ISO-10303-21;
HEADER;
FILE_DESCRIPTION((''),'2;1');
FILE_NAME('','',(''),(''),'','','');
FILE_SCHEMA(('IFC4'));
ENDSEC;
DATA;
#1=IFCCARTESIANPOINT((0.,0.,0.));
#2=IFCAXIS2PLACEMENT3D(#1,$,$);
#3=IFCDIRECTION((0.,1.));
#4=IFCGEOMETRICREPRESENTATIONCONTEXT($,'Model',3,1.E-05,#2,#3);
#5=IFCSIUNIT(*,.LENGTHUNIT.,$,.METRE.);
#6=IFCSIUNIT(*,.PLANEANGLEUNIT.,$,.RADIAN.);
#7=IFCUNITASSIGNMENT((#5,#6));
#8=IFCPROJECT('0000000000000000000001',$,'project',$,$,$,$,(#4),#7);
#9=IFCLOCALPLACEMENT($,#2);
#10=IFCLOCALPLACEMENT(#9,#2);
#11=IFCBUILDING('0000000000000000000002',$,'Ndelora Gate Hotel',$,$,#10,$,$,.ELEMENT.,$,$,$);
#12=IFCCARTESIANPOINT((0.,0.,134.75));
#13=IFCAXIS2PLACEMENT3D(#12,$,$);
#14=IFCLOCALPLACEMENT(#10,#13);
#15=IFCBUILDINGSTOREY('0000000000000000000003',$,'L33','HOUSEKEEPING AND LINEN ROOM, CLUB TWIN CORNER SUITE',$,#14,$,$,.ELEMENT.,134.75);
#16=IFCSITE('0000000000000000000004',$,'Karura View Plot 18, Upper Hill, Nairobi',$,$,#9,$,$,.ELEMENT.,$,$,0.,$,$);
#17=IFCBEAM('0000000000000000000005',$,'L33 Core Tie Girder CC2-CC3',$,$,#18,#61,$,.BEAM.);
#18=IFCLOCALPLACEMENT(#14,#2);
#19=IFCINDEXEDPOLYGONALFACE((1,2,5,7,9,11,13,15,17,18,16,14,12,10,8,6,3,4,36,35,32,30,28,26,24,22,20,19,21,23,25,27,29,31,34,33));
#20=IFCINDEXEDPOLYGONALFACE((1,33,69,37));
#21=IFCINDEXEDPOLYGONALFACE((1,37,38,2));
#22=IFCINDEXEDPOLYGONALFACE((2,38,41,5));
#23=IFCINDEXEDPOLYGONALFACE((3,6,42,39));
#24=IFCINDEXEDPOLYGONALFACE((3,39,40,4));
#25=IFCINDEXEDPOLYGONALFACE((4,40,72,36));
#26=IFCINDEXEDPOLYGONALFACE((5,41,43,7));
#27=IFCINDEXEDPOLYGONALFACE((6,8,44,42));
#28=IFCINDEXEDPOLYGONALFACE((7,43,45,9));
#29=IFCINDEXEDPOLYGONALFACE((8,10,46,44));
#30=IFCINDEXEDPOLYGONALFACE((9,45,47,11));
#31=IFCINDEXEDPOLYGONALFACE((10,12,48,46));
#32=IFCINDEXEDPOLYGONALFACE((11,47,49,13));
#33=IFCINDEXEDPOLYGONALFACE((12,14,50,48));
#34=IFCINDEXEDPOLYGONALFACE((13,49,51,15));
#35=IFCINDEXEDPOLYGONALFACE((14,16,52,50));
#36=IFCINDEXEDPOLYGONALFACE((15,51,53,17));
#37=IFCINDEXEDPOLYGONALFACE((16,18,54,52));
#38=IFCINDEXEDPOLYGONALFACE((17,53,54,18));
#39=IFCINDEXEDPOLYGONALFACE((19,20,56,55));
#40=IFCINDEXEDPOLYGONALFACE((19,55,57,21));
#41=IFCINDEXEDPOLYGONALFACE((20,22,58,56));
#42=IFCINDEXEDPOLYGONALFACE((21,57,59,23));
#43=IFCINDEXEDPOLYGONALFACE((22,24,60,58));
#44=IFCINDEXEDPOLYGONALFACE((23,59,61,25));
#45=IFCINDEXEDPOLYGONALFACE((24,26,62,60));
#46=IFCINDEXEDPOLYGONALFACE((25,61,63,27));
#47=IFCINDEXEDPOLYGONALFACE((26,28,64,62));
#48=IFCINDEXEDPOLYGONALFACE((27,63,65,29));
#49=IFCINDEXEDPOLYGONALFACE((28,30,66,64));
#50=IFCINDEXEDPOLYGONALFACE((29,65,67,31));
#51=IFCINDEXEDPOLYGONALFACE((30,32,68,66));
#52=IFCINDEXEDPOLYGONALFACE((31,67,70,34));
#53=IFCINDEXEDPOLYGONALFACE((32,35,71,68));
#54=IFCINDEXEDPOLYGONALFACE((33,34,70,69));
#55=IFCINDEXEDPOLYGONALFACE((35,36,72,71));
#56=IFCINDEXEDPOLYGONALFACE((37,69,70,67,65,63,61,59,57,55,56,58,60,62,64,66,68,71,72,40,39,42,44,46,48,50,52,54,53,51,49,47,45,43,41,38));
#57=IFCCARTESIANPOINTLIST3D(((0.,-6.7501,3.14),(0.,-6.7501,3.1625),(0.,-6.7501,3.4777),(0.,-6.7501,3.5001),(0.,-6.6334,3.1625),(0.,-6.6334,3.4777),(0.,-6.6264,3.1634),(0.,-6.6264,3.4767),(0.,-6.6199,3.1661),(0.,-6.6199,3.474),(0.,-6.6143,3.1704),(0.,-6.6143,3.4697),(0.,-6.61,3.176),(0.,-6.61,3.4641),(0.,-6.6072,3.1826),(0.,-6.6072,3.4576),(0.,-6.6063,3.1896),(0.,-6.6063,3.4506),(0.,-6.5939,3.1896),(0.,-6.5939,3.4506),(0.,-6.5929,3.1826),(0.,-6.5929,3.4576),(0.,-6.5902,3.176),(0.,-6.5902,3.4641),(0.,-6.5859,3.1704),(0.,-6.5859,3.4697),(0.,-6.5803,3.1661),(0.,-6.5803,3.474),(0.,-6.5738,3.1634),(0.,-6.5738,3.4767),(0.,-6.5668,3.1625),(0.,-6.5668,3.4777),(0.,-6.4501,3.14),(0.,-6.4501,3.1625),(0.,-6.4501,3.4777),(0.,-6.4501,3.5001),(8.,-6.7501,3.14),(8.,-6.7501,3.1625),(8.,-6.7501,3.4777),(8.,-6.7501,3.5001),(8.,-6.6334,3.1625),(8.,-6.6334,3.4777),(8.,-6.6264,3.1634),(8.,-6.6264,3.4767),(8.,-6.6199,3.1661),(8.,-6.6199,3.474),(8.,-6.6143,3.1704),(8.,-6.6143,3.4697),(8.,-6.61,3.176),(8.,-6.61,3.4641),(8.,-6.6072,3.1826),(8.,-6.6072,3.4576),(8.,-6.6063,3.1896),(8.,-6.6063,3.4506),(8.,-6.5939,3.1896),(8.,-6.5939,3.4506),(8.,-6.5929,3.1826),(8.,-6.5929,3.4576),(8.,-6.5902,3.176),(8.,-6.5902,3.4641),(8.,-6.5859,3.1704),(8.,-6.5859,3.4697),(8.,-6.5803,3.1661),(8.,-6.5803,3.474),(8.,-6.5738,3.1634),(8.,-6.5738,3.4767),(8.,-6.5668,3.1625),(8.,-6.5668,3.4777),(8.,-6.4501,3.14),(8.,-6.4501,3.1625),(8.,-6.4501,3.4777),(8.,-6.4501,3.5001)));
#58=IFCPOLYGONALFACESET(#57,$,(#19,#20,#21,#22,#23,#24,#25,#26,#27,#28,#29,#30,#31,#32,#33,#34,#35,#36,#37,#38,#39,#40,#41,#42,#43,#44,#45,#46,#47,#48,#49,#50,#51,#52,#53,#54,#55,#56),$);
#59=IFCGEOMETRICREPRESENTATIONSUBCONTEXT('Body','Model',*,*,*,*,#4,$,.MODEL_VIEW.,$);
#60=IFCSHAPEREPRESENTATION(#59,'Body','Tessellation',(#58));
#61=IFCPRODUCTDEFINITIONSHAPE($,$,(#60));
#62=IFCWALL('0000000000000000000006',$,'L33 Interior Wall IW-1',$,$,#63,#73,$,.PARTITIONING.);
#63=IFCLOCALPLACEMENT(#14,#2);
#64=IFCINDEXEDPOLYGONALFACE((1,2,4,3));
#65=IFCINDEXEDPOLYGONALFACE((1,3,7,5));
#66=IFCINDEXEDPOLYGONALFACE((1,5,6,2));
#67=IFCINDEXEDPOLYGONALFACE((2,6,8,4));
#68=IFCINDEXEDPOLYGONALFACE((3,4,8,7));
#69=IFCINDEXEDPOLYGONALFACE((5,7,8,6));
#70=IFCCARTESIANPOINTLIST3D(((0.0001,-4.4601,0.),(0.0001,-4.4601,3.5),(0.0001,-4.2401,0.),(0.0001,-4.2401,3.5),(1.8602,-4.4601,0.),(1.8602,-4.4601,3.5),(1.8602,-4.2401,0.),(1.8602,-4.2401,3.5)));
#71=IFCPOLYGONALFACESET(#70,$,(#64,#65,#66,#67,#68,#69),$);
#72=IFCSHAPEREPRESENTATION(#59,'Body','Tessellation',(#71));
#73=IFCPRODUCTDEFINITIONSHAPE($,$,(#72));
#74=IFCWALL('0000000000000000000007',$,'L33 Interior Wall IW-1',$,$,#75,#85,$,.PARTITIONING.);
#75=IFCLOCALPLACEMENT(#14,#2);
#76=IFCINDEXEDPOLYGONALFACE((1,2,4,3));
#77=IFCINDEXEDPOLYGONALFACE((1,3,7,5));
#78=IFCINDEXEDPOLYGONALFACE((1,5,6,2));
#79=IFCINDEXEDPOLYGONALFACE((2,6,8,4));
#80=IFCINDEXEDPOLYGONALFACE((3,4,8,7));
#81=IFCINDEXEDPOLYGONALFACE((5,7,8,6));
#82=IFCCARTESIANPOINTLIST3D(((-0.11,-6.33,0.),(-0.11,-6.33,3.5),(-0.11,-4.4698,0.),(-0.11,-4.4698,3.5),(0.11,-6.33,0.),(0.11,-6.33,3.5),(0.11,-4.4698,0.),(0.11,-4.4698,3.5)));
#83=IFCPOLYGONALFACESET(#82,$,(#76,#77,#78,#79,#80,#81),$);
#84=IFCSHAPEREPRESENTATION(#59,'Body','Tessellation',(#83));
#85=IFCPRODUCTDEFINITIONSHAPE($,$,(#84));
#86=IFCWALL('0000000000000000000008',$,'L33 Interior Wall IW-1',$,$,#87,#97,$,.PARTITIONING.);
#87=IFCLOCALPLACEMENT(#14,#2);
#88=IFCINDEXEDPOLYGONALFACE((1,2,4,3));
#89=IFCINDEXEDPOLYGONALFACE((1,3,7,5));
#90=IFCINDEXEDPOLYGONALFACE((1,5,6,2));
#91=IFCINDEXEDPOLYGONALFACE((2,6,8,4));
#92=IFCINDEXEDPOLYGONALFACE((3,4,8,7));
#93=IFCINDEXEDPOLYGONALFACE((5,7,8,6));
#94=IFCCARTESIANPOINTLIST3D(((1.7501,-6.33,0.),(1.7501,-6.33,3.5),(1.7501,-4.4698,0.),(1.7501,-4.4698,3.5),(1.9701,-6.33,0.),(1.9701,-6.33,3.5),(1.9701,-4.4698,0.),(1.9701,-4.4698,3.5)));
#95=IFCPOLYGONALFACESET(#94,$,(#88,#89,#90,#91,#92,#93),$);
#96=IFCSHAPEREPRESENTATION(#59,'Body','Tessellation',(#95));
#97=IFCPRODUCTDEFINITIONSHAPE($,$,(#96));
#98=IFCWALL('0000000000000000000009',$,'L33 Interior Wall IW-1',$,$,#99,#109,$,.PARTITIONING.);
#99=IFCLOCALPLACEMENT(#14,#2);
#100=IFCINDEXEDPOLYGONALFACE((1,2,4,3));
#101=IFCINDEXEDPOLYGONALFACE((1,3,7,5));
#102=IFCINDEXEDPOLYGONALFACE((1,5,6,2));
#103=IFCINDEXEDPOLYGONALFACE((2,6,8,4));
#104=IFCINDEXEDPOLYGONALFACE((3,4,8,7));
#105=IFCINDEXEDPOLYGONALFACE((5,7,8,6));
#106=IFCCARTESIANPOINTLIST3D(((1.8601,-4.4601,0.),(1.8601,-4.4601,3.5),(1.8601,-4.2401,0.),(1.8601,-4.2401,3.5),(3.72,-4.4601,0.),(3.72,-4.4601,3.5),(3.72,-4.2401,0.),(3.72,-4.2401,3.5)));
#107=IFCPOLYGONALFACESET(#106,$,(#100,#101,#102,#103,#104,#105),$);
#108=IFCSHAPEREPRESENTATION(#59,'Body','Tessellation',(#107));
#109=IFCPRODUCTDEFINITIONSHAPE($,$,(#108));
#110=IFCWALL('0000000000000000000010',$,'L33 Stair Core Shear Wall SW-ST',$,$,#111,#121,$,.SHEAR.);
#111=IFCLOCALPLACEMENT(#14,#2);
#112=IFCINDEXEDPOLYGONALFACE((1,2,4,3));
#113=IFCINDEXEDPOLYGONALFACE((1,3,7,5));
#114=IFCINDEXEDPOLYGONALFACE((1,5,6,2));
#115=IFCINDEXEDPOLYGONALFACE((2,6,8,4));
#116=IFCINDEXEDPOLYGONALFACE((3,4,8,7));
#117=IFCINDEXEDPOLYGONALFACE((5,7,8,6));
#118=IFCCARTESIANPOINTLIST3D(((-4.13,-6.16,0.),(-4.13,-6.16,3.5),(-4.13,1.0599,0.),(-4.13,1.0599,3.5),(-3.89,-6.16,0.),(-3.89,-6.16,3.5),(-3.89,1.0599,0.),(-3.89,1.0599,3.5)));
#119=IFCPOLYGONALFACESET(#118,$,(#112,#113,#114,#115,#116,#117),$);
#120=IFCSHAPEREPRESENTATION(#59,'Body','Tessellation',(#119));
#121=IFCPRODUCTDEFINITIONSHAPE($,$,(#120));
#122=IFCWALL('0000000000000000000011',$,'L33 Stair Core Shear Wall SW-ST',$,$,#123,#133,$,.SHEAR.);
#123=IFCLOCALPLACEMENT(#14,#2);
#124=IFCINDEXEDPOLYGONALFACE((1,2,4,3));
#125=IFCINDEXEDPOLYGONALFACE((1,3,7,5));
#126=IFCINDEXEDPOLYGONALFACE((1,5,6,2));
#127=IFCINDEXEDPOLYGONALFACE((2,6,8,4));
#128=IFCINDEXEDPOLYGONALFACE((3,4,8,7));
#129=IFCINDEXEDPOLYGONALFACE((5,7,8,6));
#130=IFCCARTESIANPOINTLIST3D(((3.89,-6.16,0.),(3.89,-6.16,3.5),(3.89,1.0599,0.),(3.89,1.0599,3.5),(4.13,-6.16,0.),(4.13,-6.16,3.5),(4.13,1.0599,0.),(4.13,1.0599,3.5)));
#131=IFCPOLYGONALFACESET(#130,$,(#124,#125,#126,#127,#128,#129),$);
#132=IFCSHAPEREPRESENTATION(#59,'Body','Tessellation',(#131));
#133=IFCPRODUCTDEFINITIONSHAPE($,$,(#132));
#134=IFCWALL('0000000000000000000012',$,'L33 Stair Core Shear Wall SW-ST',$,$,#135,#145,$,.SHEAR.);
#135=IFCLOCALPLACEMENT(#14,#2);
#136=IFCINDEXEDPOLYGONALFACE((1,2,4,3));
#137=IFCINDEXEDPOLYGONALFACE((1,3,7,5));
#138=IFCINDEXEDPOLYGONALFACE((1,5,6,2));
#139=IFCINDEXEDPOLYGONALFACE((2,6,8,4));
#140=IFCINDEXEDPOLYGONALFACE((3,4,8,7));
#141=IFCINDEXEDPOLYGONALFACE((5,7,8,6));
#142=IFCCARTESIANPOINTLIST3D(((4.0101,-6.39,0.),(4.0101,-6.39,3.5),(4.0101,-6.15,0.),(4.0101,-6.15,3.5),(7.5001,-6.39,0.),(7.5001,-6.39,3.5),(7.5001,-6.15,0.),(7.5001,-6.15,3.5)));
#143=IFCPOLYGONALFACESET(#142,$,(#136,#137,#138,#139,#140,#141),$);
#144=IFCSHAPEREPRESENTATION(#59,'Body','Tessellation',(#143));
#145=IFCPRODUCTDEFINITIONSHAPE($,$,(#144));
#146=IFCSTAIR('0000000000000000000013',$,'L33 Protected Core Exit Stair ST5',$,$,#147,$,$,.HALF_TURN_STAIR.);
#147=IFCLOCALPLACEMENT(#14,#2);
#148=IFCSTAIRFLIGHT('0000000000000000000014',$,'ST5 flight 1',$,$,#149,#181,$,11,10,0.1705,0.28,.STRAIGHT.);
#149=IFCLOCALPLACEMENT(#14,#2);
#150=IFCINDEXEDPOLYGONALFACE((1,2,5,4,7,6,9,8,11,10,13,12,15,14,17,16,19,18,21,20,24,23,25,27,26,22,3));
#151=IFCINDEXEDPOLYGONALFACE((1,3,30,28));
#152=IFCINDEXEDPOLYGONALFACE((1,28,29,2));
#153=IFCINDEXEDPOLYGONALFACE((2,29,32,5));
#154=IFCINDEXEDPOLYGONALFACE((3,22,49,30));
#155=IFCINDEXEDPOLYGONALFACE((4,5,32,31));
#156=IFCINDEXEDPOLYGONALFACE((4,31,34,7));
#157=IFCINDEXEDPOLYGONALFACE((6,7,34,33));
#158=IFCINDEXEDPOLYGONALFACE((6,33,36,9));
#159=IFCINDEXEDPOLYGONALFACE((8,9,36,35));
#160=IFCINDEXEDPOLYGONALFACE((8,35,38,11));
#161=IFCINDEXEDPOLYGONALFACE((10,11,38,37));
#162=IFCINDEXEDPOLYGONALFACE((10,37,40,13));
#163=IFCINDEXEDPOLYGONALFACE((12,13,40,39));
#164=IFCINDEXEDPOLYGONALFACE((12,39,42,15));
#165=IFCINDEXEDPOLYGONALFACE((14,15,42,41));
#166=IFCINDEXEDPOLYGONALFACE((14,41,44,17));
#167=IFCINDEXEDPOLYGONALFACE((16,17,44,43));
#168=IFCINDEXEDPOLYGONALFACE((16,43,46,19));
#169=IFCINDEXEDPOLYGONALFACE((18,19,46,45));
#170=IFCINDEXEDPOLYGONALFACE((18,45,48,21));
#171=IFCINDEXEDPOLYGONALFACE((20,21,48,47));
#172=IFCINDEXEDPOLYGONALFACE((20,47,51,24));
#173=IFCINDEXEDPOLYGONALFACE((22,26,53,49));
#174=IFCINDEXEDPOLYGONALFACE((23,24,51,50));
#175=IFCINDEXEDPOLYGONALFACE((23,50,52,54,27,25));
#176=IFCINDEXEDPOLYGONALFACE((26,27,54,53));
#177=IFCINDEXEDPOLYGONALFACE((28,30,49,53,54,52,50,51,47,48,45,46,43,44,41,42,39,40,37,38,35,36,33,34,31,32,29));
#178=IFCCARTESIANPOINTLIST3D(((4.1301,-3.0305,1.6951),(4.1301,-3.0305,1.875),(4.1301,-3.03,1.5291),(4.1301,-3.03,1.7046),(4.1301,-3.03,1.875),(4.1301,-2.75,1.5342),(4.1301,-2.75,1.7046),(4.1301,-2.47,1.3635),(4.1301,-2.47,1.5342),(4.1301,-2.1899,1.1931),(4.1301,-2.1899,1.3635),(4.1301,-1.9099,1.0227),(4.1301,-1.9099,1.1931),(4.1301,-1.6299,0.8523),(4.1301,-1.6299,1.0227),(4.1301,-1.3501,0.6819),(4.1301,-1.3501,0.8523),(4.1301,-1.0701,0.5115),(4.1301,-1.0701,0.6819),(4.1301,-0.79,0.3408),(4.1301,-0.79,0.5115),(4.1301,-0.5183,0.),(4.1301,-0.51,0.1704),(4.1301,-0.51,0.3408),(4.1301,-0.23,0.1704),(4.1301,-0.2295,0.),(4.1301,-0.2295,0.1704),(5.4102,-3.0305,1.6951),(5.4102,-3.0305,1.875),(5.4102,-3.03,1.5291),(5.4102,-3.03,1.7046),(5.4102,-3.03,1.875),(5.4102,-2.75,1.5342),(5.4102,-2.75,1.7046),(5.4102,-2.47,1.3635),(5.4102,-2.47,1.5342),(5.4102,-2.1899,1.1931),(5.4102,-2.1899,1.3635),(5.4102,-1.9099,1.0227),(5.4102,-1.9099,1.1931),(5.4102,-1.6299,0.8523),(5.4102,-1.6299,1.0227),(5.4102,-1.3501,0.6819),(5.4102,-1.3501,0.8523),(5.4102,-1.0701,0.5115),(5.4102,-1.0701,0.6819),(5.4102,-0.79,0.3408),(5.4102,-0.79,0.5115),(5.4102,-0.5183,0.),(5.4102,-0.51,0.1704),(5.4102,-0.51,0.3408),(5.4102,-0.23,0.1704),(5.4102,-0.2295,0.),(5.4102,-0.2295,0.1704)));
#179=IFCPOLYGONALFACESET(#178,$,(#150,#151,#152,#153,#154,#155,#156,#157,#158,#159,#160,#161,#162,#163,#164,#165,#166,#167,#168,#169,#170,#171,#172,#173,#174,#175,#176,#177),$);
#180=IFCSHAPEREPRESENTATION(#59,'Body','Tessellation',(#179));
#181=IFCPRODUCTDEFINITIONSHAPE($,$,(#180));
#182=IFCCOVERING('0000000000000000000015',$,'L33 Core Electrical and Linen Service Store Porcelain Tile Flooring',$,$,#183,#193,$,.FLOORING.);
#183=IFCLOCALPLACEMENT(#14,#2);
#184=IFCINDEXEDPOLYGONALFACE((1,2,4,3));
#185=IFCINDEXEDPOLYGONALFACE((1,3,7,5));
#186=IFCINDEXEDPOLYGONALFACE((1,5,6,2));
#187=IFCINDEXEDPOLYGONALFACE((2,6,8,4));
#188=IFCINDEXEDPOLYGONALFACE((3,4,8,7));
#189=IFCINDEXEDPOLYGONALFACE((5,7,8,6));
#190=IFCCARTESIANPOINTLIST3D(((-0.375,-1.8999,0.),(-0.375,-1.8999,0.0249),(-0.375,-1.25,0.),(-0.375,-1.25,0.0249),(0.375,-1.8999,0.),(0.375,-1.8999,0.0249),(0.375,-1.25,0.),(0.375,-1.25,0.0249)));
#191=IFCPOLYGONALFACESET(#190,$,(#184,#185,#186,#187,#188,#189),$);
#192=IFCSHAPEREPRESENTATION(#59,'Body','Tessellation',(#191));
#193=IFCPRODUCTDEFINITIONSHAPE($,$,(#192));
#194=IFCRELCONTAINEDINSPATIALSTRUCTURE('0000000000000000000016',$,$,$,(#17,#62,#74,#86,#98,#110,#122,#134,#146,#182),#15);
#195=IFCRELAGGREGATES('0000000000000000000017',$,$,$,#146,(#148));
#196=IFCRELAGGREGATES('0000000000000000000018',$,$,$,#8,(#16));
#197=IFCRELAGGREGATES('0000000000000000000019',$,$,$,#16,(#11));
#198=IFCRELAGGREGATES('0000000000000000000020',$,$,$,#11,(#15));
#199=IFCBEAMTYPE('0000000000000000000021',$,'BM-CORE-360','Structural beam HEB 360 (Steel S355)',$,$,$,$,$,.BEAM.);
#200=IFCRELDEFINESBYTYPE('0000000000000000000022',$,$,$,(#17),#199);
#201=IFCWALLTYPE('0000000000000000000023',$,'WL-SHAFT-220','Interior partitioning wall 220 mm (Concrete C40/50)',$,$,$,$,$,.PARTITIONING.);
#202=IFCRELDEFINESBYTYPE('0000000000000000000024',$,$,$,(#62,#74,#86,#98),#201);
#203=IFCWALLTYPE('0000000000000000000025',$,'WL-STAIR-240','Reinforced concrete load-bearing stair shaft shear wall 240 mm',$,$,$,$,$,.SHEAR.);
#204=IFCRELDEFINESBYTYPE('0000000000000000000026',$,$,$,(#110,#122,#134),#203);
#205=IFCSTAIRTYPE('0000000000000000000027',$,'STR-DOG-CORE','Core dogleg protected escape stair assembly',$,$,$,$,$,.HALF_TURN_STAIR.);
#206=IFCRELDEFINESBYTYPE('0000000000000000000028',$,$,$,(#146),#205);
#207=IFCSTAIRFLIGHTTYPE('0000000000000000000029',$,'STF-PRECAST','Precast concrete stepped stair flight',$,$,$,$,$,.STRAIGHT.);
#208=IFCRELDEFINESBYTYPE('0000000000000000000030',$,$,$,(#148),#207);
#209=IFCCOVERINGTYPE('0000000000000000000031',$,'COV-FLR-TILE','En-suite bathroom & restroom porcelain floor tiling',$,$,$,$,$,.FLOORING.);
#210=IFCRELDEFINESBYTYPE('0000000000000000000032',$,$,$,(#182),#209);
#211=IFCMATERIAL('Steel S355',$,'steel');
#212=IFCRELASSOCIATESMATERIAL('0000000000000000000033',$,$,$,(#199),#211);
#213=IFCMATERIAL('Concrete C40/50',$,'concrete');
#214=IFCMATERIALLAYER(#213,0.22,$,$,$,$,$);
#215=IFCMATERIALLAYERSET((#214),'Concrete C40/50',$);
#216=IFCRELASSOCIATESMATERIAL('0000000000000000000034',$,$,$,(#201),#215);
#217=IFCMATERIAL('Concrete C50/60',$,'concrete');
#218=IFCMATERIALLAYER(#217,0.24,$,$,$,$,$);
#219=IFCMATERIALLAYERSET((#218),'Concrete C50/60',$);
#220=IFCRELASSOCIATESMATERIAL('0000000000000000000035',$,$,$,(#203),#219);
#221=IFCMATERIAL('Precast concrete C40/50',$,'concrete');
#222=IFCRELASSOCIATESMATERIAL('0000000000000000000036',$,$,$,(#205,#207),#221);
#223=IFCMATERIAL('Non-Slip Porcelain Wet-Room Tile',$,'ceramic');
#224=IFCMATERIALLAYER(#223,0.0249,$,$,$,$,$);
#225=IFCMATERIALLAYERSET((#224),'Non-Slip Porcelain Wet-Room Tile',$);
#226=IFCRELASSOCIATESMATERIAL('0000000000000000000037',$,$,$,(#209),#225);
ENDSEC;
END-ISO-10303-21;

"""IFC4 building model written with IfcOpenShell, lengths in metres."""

from ifc_helpers import new_model, si_unit, direction, frame, frame_2d, origin, origin_2d, place, context, subcontext, project, spatial, polyline, rectangle, i_section, outline, extrude, material, layer, layer_set, material_profile, profile_set, type_object, element, aggregate, save


model = new_model("IFC4")

# Units and contexts
model_context = context("Model", 3, precision=1e-05, world=origin(), true_north=direction((0.0, 1.0)))
body_context = subcontext(model_context, "Body", "Model", "MODEL_VIEW")
ifc_project = project(units=[si_unit("LENGTHUNIT", "METRE"), si_unit("PLANEANGLEUNIT", "RADIAN")], contexts=[model_context])

# Site, building, storey
site_placement = place(None, origin())
site = spatial("IfcSite", under=ifc_project, at=site_placement, Name="Karura View Plot 18, Upper Hill, Nairobi", CompositionType="ELEMENT", RefElevation=0.0)
building_placement = place(site_placement, origin())
building = spatial("IfcBuilding", under=site, at=building_placement, Name="Ndelora Gate Hotel", CompositionType="ELEMENT")
storey_placement = place(building_placement, frame((0.0, 0.0, 134.75)))
storey = spatial("IfcBuildingStorey", under=building, at=storey_placement, Name="L33", Description="HOUSEKEEPING AND LINEN ROOM, CLUB TWIN CORNER SUITE", CompositionType="ELEMENT", Elevation=134.75)

# Beam
ifc_material_1 = material(Name="Steel S355", Category="steel")
ifc_material_profile = material_profile(ifc_material_1, i_section(OverallWidth=0.3, OverallDepth=0.3601, WebThickness=0.0125, FlangeThickness=0.0225, FilletRadius=0.0271, at=origin_2d()), Name="HEB 360")
ifc_profile_set = profile_set([ifc_material_profile], Name="Steel S355")
beam_type = type_object("IfcBeamType", Name="BM-CORE-360", Description="Structural beam HEB 360 (Steel S355)", PredefinedType="BEAM", material=ifc_profile_set)
beam_placement = place(storey_placement, frame((0.0, -6.6001, 3.3201), z_axis=(1.0, 0.0, 0.0), x_axis=(0.0, 1.0, 0.0)))
element("IfcBeam", 1, at=beam_placement, inside=storey, type_object=beam_type, Name="L33 Core Tie Girder CC2-CC3", PredefinedType="BEAM", context=body_context, shape_type="SweptSolid", body=[
    extrude(i_section(OverallWidth=0.3, OverallDepth=0.3601, WebThickness=0.0125, FlangeThickness=0.0225, FilletRadius=0.0271, at=origin_2d()), origin(), (0.0, 0.0, 1.0), 8.0),
])

# Shared definitions
ifc_material_2 = material(Name="Concrete C40/50", Category="concrete")
ifc_layer_1 = layer(ifc_material_2, 0.22)
ifc_layer_set_1 = layer_set([ifc_layer_1], Name="Concrete C40/50")
wall_type_1 = type_object("IfcWallType", Name="WL-SHAFT-220", Description="Interior partitioning wall 220 mm (Concrete C40/50)", PredefinedType="PARTITIONING", material=ifc_layer_set_1)

# Walls
for number, where, z_axis, x_axis, name in (
    (2, (0.0, -4.3501, 0.0), (0.0, 0.0, 1.0), (1.0, 0.0, 0.0), "L33 Interior Wall IW-1"),
    (3, (0.0, -6.3301, 0.0), (0.0, 0.0, 1.0), (0.0, 1.0, 0.0), "L33 Interior Wall IW-1"),
    (4, (1.8601, -6.3301, 0.0), (0.0, 0.0, 1.0), (0.0, 1.0, 0.0), "L33 Interior Wall IW-1"),
):
    element("IfcWall", number, at=place(storey_placement, frame(where, z_axis=z_axis, x_axis=x_axis)), inside=storey, type_object=wall_type_1, Name=name, PredefinedType="PARTITIONING", context=body_context, shape_type="SweptSolid", body=[
        extrude(rectangle(XDim=1.8601, YDim=0.22, at=frame_2d((0.9302, 0.0))), origin(), (0.0, 0.0, 1.0), 3.5),
    ])

# Walls
wall_1_placement = place(storey_placement, frame((1.8601, -4.3501, 0.0), z_axis=(0.0, 0.0, 1.0), x_axis=(1.0, 0.0, 0.0)))
element("IfcWall", 5, at=wall_1_placement, inside=storey, type_object=wall_type_1, Name="L33 Interior Wall IW-1", PredefinedType="PARTITIONING", context=body_context, shape_type="SweptSolid", body=[
    extrude(rectangle(XDim=1.8599, YDim=0.22, at=frame_2d((0.9299, 0.0))), origin(), (0.0, 0.0, 1.0), 3.5),
])
ifc_material_3 = material(Name="Concrete C50/60", Category="concrete")
ifc_layer_2 = layer(ifc_material_3, 0.24)
ifc_layer_set_2 = layer_set([ifc_layer_2], Name="Concrete C50/60")
wall_type_2 = type_object("IfcWallType", Name="WL-STAIR-240", Description="Reinforced concrete load-bearing stair shaft shear wall 240 mm", PredefinedType="SHEAR", material=ifc_layer_set_2)
for number, where, z_axis, x_axis, name in (
    (6, (-4.01, -6.1599, 0.0), (0.0, 0.0, 1.0), (0.0, 1.0, 0.0), "L33 Stair Core Shear Wall SW-ST"),
    (7, (4.01, -6.1599, 0.0), (0.0, 0.0, 1.0), (0.0, 1.0, 0.0), "L33 Stair Core Shear Wall SW-ST"),
):
    element("IfcWall", number, at=place(storey_placement, frame(where, z_axis=z_axis, x_axis=x_axis)), inside=storey, type_object=wall_type_2, Name=name, PredefinedType="SHEAR", context=body_context, shape_type="SweptSolid", body=[
        extrude(rectangle(XDim=7.22, YDim=0.24, at=frame_2d((3.6099, 0.0))), origin(), (0.0, 0.0, 1.0), 3.5),
    ])
wall_2_placement = place(storey_placement, frame((4.01, -6.27, 0.0), z_axis=(0.0, 0.0, 1.0), x_axis=(1.0, 0.0, 0.0)))
element("IfcWall", 8, at=wall_2_placement, inside=storey, type_object=wall_type_2, Name="L33 Stair Core Shear Wall SW-ST", PredefinedType="SHEAR", context=body_context, shape_type="SweptSolid", body=[
    extrude(rectangle(XDim=3.49, YDim=0.24, at=frame_2d((1.7451, 0.0))), origin(), (0.0, 0.0, 1.0), 3.5),
])

# Stair, stair flight
ifc_material_4 = material(Name="Precast concrete C40/50", Category="concrete")
stair_type = type_object("IfcStairType", Name="STR-DOG-CORE", Description="Core dogleg protected escape stair assembly", PredefinedType="HALF_TURN_STAIR", material=ifc_material_4)
stair_placement = place(storey_placement, origin())
stair = element("IfcStair", 9, at=stair_placement, inside=storey, type_object=stair_type, Name="L33 Protected Core Exit Stair ST5", PredefinedType="HALF_TURN_STAIR")
stair_flight_type = type_object("IfcStairFlightType", Name="STF-PRECAST", Description="Precast concrete stepped stair flight", PredefinedType="STRAIGHT", material=ifc_material_4)
stair_flight_placement = place(storey_placement, frame((4.77, -0.23, 0.0), z_axis=(0.0, 0.0, 1.0), x_axis=(0.0, -1.0, 0.0)))
stair_flight = element("IfcStairFlight", 10, at=stair_flight_placement, type_object=stair_flight_type, Name="ST5 flight 1", NumberOfRisers=11, NumberOfTreads=10, PredefinedType="STRAIGHT", RiserHeight=0.1705, TreadLength=0.28, context=body_context, shape_type="SweptSolid", body=[
    extrude(outline(polyline([(-0.0005, 0.0), (-0.0005, 0.1704), (0.0, 0.1704), (0.28, 0.1704), (0.28, 0.3408), (0.5601, 0.3408), (0.5601, 0.5115), (0.8401, 0.5115), (0.8401, 0.6819), (1.1201, 0.6819), (1.1201, 0.8523), (1.3999, 0.8523), (1.3999, 1.0227), (1.6799, 1.0227), (1.6799, 1.1931), (1.96, 1.1931), (1.96, 1.3635), (2.24, 1.3635), (2.24, 1.5342), (2.52, 1.5342), (2.52, 1.7046), (2.8, 1.7046), (2.8, 1.875), (2.8005, 1.875), (2.8005, 1.6951), (2.8, 1.5291), (0.2883, 0.0), (-0.0005, 0.0)])), frame((0.0, 0.6401, 0.0), z_axis=(0.0, -1.0, 0.0), x_axis=(1.0, 0.0, 0.0)), (0.0, 0.0, 1.0), 1.28),
])
aggregate(stair, [stair_flight])

# Covering
ifc_material_5 = material(Name="Non-Slip Porcelain Wet-Room Tile", Category="ceramic")
ifc_layer_3 = layer(ifc_material_5, 0.0249)
ifc_layer_set_3 = layer_set([ifc_layer_3], Name="Non-Slip Porcelain Wet-Room Tile")
covering_type = type_object("IfcCoveringType", Name="COV-FLR-TILE", Description="En-suite bathroom & restroom porcelain floor tiling", PredefinedType="FLOORING", material=ifc_layer_set_3)
covering_placement = place(storey_placement, frame((0.0, -1.575, 0.0), z_axis=(0.0, 0.0, 1.0), x_axis=(1.0, 0.0, 0.0)))
element("IfcCovering", 11, at=covering_placement, inside=storey, type_object=covering_type, Name="L33 Core Electrical and Linen Service Store Porcelain Tile Flooring", PredefinedType="FLOORING", context=body_context, shape_type="SweptSolid", body=[
    extrude(rectangle(XDim=0.75, YDim=0.6499, at=origin_2d()), origin(), (0.0, 0.0, 1.0), 0.0249),
])

save(model, "model.ifc")
